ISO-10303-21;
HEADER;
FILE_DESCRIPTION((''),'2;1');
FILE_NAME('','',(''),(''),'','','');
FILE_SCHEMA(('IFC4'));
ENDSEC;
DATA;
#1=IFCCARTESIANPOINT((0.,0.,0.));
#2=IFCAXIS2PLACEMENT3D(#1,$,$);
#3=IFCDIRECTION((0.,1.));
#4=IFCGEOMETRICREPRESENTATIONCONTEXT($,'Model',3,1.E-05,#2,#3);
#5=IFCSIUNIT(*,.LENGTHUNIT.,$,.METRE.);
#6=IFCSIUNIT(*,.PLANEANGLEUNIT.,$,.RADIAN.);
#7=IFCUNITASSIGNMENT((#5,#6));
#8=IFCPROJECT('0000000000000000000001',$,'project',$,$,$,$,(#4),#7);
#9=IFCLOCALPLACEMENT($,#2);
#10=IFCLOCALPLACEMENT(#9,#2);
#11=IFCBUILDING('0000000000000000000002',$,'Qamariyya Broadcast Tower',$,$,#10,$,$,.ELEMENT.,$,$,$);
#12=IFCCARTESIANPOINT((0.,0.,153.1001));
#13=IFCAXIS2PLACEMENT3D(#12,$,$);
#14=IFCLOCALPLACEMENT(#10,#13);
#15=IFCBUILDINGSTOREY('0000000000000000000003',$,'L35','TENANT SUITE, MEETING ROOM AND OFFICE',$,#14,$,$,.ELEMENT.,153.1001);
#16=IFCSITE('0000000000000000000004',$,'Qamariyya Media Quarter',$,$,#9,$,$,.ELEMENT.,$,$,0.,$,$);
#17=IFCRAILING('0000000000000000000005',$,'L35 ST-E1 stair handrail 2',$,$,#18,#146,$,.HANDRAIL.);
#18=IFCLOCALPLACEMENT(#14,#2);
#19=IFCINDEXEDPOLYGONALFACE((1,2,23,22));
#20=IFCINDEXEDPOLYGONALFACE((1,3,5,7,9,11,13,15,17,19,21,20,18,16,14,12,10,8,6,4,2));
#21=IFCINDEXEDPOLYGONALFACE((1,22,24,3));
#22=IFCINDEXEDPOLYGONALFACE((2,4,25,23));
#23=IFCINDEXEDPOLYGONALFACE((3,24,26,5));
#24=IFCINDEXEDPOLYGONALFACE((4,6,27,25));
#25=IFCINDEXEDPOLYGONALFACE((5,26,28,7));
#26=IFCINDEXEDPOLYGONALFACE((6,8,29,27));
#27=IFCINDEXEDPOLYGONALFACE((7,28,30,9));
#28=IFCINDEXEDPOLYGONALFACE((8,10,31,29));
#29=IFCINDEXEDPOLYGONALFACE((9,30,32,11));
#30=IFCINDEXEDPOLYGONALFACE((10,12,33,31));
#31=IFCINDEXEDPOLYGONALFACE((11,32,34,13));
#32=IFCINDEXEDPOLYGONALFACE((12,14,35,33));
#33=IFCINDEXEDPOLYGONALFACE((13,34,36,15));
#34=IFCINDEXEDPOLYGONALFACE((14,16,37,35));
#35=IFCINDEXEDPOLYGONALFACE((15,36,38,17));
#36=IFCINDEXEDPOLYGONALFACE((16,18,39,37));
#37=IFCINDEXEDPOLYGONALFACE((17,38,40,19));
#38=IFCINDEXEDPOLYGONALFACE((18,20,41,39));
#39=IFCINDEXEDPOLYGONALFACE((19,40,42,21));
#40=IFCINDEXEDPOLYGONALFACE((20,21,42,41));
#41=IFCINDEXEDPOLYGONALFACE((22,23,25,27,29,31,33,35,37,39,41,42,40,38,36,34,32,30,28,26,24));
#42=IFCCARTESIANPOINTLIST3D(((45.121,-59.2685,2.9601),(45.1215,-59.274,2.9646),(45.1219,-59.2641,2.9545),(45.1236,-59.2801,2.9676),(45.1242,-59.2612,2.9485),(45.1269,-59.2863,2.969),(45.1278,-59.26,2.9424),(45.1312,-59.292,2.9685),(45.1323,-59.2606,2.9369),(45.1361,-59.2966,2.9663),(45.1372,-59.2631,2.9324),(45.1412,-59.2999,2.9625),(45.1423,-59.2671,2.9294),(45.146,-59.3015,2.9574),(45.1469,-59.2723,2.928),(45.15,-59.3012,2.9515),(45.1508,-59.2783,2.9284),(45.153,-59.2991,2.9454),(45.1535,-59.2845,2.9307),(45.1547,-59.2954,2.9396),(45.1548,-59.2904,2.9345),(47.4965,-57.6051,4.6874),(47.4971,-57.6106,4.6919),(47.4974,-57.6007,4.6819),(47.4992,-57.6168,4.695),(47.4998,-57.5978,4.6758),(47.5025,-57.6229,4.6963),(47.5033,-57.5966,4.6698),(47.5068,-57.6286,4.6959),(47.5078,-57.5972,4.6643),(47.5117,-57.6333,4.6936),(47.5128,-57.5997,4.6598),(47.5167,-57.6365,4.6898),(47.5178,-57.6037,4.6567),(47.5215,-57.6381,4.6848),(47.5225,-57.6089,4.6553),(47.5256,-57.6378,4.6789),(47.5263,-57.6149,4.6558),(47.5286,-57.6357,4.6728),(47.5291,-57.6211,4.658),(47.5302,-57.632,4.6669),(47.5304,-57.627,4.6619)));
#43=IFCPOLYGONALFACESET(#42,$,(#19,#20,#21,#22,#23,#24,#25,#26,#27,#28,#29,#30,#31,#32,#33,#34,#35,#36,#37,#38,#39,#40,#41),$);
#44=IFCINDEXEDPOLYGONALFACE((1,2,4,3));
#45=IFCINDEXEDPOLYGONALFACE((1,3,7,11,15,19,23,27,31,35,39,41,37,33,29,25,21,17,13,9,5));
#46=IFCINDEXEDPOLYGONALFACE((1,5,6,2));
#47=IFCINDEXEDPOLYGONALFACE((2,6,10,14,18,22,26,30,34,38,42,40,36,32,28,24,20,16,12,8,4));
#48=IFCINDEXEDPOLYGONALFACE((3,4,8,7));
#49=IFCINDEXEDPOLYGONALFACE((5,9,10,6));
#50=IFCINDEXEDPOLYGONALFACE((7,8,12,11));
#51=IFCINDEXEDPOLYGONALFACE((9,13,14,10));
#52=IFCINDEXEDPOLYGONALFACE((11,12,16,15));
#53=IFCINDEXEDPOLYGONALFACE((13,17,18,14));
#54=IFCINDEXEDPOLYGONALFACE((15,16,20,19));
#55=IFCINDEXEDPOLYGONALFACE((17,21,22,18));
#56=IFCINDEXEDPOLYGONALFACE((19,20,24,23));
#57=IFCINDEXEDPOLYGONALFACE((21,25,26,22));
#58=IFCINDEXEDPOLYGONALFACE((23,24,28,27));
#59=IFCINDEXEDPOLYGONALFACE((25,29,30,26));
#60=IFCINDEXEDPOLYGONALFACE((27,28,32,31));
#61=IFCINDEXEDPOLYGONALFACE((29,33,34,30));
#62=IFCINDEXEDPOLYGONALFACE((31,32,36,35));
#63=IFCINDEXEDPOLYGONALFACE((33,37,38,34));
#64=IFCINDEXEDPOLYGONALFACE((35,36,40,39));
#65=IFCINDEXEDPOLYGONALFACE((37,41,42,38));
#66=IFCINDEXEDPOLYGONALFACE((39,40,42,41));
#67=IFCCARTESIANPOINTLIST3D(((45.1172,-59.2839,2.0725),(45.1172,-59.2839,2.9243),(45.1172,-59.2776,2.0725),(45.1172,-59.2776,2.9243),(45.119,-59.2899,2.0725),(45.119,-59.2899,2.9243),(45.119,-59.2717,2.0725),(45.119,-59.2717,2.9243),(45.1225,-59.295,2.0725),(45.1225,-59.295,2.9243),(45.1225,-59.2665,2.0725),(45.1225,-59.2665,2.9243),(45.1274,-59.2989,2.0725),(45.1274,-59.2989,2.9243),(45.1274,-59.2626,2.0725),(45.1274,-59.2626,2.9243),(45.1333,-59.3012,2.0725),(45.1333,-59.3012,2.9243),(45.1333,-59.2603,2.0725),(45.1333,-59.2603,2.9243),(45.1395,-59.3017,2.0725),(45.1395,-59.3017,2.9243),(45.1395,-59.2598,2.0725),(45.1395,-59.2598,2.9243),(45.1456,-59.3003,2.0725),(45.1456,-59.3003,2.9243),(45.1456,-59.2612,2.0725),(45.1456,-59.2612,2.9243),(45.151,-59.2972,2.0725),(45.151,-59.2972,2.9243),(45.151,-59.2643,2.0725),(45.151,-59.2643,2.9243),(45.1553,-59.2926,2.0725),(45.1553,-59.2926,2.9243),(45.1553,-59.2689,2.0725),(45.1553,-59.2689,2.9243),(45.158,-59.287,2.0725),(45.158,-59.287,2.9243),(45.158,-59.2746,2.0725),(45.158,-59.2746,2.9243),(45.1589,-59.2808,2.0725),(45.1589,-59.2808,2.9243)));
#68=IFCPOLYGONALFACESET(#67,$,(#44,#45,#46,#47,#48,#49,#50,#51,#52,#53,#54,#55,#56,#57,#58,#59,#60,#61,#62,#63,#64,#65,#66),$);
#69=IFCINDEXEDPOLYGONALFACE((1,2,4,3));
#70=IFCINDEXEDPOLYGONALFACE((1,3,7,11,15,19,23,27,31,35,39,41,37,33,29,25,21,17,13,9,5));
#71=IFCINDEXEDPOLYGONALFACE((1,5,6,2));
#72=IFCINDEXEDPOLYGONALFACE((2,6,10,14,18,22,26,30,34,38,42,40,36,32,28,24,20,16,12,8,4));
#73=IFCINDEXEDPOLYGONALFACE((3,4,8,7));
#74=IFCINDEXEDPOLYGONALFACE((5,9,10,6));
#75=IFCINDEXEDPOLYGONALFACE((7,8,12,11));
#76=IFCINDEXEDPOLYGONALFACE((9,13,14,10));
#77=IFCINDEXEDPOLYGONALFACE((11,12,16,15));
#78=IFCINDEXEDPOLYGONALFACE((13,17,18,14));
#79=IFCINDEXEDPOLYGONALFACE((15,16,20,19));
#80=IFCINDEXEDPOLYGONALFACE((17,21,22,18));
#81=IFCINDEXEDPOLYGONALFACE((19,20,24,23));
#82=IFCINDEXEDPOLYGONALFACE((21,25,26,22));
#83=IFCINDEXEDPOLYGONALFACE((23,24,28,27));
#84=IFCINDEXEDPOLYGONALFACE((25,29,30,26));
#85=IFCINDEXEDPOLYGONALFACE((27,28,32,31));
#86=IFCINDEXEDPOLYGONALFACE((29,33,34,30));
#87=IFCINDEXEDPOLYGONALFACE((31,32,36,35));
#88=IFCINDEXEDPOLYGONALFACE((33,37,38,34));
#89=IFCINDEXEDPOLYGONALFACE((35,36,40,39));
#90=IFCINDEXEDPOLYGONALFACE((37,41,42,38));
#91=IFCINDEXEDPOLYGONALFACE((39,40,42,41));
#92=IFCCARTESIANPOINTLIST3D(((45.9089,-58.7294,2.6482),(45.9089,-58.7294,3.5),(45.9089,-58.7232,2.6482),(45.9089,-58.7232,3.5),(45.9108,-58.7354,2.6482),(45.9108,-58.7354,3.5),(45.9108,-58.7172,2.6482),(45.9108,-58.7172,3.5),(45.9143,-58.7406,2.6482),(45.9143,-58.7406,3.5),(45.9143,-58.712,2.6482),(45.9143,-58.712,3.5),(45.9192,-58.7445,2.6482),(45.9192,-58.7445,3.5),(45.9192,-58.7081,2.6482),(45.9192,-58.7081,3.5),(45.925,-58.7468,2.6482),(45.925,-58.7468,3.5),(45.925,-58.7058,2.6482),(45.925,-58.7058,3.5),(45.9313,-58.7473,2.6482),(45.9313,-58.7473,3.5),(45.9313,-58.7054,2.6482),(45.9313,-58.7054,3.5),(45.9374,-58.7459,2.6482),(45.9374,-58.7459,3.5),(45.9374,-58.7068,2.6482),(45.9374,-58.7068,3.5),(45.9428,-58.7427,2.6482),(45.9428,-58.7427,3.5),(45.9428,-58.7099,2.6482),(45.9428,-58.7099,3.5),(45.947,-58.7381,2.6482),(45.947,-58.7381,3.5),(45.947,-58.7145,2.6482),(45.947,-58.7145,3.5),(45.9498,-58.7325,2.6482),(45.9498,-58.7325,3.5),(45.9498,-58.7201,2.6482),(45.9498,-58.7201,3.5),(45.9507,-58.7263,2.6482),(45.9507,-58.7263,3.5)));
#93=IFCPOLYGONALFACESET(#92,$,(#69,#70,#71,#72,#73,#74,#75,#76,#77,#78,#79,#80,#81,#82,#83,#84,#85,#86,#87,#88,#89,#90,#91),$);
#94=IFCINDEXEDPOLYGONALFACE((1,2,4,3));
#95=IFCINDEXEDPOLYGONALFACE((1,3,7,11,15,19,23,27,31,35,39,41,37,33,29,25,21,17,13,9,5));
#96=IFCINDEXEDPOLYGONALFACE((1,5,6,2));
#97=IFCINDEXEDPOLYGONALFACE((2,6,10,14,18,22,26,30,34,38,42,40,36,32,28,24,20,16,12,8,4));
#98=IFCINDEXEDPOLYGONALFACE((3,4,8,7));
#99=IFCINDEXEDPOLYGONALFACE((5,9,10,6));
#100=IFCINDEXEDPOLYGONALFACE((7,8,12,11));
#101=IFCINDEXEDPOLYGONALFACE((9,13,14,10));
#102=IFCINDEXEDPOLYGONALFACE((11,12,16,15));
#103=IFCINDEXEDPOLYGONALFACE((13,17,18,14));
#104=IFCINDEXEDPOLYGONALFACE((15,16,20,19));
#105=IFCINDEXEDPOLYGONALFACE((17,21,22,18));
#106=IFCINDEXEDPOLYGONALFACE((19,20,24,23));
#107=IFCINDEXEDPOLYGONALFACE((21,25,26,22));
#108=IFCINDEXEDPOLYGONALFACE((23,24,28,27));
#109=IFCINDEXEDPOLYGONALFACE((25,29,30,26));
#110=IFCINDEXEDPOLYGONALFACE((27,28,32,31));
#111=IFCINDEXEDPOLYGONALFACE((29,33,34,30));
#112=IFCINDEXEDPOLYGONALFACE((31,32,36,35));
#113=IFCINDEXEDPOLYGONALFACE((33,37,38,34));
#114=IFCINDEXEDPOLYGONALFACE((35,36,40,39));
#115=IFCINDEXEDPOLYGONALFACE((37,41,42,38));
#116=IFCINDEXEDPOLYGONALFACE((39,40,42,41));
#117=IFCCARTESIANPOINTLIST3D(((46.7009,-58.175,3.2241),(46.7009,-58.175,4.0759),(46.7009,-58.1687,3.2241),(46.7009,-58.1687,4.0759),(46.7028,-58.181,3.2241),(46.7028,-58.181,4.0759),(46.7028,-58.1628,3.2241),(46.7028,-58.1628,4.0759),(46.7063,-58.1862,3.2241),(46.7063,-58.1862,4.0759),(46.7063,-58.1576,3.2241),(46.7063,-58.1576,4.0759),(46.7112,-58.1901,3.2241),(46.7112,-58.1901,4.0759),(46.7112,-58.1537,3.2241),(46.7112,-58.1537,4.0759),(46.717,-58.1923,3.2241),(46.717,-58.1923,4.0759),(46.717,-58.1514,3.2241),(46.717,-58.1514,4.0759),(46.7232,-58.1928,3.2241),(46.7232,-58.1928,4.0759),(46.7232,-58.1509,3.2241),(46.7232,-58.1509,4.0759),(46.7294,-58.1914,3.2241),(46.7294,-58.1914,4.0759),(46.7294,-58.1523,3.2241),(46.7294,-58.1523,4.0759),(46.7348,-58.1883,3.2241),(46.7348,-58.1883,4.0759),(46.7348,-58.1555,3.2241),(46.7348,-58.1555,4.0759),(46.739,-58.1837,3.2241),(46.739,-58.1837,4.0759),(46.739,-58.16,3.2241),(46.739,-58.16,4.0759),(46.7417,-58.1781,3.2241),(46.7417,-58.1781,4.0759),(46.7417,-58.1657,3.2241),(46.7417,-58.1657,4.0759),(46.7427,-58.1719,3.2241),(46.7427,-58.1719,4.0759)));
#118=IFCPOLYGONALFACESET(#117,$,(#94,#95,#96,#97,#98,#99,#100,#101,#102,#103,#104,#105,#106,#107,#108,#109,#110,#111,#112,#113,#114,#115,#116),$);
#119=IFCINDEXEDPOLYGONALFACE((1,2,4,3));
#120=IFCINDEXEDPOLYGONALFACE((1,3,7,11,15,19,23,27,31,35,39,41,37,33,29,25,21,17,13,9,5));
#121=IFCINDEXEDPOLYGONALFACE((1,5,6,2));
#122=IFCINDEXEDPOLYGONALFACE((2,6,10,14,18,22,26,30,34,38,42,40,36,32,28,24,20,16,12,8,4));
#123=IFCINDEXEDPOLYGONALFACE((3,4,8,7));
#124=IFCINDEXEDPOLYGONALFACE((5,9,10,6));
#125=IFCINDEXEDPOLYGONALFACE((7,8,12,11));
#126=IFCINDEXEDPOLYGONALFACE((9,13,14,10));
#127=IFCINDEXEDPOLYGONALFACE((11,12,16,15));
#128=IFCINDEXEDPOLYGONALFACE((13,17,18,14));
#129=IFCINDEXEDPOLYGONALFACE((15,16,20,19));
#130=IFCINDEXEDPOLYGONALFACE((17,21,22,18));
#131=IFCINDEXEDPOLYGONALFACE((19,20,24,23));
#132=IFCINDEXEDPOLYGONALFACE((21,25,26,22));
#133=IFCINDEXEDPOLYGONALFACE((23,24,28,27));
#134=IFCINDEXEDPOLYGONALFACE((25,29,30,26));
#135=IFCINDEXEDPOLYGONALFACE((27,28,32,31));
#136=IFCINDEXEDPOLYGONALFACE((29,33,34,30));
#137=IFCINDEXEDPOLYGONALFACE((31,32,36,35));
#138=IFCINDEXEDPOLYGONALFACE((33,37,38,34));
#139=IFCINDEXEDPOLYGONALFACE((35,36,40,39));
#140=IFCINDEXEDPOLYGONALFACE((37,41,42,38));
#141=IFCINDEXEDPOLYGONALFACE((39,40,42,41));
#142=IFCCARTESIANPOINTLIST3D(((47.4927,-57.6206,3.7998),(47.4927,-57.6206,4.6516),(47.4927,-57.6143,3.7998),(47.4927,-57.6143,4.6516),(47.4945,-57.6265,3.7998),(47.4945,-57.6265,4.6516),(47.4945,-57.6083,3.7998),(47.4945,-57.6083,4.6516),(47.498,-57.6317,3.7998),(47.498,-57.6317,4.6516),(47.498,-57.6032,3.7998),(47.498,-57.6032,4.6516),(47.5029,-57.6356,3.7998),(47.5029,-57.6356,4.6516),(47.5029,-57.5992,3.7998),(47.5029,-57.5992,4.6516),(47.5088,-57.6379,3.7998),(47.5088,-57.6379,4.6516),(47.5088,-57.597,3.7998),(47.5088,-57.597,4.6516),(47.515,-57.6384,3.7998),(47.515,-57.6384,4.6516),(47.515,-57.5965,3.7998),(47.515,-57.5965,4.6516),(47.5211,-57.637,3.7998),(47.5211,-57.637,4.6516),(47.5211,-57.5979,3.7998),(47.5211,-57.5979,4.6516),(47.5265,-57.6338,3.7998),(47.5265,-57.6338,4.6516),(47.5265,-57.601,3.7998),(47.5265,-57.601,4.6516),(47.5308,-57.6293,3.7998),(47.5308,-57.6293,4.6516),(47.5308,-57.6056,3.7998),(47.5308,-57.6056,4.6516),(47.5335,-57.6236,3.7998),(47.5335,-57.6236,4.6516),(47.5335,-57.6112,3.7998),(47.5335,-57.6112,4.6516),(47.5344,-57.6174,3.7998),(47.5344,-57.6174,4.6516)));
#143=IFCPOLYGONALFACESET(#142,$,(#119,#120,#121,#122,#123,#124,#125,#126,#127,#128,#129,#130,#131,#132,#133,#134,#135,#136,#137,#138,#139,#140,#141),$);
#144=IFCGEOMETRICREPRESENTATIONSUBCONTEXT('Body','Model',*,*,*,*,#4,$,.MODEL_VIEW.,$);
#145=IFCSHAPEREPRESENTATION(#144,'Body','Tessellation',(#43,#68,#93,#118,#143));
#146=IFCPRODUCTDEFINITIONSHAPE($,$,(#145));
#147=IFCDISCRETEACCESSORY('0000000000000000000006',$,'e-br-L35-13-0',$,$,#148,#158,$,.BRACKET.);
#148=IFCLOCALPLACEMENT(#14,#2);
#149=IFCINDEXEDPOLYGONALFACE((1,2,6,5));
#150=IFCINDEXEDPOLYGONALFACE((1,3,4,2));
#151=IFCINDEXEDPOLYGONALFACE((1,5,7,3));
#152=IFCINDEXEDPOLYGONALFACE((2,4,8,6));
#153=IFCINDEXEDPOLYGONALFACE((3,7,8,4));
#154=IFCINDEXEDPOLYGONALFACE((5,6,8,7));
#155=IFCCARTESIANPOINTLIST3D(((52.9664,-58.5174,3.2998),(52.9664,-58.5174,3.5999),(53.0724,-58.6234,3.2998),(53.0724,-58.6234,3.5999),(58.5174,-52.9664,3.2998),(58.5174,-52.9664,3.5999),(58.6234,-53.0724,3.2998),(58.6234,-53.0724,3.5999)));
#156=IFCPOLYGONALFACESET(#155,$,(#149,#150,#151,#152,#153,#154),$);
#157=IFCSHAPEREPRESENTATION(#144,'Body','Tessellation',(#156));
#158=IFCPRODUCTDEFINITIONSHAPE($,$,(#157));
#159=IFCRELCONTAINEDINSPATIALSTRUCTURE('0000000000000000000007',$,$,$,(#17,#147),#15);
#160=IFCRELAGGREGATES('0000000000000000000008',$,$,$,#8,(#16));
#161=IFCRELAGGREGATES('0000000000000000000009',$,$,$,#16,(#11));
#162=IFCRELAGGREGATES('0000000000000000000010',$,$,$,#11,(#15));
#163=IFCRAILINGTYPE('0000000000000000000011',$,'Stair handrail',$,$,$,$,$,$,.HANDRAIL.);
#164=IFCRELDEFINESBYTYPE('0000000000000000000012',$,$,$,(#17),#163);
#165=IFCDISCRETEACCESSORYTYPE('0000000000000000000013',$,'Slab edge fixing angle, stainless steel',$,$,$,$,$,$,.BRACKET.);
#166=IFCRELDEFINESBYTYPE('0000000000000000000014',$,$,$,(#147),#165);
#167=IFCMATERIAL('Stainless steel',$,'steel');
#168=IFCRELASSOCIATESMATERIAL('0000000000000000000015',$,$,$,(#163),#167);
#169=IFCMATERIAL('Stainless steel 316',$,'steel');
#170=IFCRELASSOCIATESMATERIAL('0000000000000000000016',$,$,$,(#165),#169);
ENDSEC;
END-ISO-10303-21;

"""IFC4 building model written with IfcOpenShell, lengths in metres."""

from ifc_helpers import new_model, si_unit, direction, frame, origin, origin_2d, place, context, subcontext, project, spatial, rectangle, circle, extrude, material, type_object, element, save


model = new_model("IFC4")

# Units and contexts
model_context = context("Model", 3, precision=1e-05, world=origin(), true_north=direction((0.0, 1.0)))
body_context = subcontext(model_context, "Body", "Model", "MODEL_VIEW")
ifc_project = project(units=[si_unit("LENGTHUNIT", "METRE"), si_unit("PLANEANGLEUNIT", "RADIAN")], contexts=[model_context])

# Site, building, storey
site_placement = place(None, origin())
site = spatial("IfcSite", under=ifc_project, at=site_placement, Name="Qamariyya Media Quarter", CompositionType="ELEMENT", RefElevation=0.0)
building_placement = place(site_placement, origin())
building = spatial("IfcBuilding", under=site, at=building_placement, Name="Qamariyya Broadcast Tower", CompositionType="ELEMENT")
storey_placement = place(building_placement, frame((0.0, 0.0, 153.1001)))
storey = spatial("IfcBuildingStorey", under=building, at=storey_placement, Name="L35", Description="TENANT SUITE, MEETING ROOM AND OFFICE", CompositionType="ELEMENT", Elevation=153.1001)

# Railing
ifc_material_1 = material(Name="Stainless steel", Category="steel")
railing_type_1 = type_object("IfcRailingType", Name="Stair handrail", PredefinedType="HANDRAIL", material=ifc_material_1)
railing_1_placement = place(storey_placement, frame((45.1379, -59.2808, 2.0725)))
element("IfcRailing", 1, at=railing_1_placement, inside=storey, type_object=railing_type_1, Name="L35 ST-E1 stair handrail 2", PredefinedType="HANDRAIL", context=body_context, shape_type="SweptSolid", body=[
    extrude(circle(Radius=0.0239, at=origin_2d()), frame((0.0, 0.0, 0.876), z_axis=(0.70377, 0.492784, 0.511734), x_axis=(-0.573575, 0.819153, 0.0)), (0.0, 0.0, 1.0), 3.3755),
    extrude(circle(Radius=0.021, at=origin_2d()), origin(), (0.0, 0.0, 1.0), 0.8518),
    extrude(circle(Radius=0.021, at=origin_2d()), frame((0.7917, 0.5544, 0.5757)), (0.0, 0.0, 1.0), 0.8518),
    extrude(circle(Radius=0.021, at=origin_2d()), frame((1.5837, 1.1089, 1.1516)), (0.0, 0.0, 1.0), 0.8518),
    extrude(circle(Radius=0.021, at=origin_2d()), frame((2.3755, 1.6633, 1.7273)), (0.0, 0.0, 1.0), 0.8518),
])

# Discrete accessory
ifc_material_2 = material(Name="Stainless steel 316", Category="steel")
discrete_accessory_type = type_object("IfcDiscreteAccessoryType", Name="Slab edge fixing angle, stainless steel", PredefinedType="BRACKET", material=ifc_material_2)
discrete_accessory_placement = place(storey_placement, frame((55.7949, -55.7949, 3.2998), z_axis=(0.0, 0.0, 1.0), x_axis=(0.707107, 0.707107, 0.0)))
element("IfcDiscreteAccessory", 2, at=discrete_accessory_placement, inside=storey, type_object=discrete_accessory_type, Name="e-br-L35-13-0", PredefinedType="BRACKET", context=body_context, shape_type="SweptSolid", body=[
    extrude(rectangle(XDim=7.8503, YDim=0.1499, at=origin_2d()), origin(), (0.0, 0.0, 1.0), 0.3),
])

save(model, "model.ifc")
